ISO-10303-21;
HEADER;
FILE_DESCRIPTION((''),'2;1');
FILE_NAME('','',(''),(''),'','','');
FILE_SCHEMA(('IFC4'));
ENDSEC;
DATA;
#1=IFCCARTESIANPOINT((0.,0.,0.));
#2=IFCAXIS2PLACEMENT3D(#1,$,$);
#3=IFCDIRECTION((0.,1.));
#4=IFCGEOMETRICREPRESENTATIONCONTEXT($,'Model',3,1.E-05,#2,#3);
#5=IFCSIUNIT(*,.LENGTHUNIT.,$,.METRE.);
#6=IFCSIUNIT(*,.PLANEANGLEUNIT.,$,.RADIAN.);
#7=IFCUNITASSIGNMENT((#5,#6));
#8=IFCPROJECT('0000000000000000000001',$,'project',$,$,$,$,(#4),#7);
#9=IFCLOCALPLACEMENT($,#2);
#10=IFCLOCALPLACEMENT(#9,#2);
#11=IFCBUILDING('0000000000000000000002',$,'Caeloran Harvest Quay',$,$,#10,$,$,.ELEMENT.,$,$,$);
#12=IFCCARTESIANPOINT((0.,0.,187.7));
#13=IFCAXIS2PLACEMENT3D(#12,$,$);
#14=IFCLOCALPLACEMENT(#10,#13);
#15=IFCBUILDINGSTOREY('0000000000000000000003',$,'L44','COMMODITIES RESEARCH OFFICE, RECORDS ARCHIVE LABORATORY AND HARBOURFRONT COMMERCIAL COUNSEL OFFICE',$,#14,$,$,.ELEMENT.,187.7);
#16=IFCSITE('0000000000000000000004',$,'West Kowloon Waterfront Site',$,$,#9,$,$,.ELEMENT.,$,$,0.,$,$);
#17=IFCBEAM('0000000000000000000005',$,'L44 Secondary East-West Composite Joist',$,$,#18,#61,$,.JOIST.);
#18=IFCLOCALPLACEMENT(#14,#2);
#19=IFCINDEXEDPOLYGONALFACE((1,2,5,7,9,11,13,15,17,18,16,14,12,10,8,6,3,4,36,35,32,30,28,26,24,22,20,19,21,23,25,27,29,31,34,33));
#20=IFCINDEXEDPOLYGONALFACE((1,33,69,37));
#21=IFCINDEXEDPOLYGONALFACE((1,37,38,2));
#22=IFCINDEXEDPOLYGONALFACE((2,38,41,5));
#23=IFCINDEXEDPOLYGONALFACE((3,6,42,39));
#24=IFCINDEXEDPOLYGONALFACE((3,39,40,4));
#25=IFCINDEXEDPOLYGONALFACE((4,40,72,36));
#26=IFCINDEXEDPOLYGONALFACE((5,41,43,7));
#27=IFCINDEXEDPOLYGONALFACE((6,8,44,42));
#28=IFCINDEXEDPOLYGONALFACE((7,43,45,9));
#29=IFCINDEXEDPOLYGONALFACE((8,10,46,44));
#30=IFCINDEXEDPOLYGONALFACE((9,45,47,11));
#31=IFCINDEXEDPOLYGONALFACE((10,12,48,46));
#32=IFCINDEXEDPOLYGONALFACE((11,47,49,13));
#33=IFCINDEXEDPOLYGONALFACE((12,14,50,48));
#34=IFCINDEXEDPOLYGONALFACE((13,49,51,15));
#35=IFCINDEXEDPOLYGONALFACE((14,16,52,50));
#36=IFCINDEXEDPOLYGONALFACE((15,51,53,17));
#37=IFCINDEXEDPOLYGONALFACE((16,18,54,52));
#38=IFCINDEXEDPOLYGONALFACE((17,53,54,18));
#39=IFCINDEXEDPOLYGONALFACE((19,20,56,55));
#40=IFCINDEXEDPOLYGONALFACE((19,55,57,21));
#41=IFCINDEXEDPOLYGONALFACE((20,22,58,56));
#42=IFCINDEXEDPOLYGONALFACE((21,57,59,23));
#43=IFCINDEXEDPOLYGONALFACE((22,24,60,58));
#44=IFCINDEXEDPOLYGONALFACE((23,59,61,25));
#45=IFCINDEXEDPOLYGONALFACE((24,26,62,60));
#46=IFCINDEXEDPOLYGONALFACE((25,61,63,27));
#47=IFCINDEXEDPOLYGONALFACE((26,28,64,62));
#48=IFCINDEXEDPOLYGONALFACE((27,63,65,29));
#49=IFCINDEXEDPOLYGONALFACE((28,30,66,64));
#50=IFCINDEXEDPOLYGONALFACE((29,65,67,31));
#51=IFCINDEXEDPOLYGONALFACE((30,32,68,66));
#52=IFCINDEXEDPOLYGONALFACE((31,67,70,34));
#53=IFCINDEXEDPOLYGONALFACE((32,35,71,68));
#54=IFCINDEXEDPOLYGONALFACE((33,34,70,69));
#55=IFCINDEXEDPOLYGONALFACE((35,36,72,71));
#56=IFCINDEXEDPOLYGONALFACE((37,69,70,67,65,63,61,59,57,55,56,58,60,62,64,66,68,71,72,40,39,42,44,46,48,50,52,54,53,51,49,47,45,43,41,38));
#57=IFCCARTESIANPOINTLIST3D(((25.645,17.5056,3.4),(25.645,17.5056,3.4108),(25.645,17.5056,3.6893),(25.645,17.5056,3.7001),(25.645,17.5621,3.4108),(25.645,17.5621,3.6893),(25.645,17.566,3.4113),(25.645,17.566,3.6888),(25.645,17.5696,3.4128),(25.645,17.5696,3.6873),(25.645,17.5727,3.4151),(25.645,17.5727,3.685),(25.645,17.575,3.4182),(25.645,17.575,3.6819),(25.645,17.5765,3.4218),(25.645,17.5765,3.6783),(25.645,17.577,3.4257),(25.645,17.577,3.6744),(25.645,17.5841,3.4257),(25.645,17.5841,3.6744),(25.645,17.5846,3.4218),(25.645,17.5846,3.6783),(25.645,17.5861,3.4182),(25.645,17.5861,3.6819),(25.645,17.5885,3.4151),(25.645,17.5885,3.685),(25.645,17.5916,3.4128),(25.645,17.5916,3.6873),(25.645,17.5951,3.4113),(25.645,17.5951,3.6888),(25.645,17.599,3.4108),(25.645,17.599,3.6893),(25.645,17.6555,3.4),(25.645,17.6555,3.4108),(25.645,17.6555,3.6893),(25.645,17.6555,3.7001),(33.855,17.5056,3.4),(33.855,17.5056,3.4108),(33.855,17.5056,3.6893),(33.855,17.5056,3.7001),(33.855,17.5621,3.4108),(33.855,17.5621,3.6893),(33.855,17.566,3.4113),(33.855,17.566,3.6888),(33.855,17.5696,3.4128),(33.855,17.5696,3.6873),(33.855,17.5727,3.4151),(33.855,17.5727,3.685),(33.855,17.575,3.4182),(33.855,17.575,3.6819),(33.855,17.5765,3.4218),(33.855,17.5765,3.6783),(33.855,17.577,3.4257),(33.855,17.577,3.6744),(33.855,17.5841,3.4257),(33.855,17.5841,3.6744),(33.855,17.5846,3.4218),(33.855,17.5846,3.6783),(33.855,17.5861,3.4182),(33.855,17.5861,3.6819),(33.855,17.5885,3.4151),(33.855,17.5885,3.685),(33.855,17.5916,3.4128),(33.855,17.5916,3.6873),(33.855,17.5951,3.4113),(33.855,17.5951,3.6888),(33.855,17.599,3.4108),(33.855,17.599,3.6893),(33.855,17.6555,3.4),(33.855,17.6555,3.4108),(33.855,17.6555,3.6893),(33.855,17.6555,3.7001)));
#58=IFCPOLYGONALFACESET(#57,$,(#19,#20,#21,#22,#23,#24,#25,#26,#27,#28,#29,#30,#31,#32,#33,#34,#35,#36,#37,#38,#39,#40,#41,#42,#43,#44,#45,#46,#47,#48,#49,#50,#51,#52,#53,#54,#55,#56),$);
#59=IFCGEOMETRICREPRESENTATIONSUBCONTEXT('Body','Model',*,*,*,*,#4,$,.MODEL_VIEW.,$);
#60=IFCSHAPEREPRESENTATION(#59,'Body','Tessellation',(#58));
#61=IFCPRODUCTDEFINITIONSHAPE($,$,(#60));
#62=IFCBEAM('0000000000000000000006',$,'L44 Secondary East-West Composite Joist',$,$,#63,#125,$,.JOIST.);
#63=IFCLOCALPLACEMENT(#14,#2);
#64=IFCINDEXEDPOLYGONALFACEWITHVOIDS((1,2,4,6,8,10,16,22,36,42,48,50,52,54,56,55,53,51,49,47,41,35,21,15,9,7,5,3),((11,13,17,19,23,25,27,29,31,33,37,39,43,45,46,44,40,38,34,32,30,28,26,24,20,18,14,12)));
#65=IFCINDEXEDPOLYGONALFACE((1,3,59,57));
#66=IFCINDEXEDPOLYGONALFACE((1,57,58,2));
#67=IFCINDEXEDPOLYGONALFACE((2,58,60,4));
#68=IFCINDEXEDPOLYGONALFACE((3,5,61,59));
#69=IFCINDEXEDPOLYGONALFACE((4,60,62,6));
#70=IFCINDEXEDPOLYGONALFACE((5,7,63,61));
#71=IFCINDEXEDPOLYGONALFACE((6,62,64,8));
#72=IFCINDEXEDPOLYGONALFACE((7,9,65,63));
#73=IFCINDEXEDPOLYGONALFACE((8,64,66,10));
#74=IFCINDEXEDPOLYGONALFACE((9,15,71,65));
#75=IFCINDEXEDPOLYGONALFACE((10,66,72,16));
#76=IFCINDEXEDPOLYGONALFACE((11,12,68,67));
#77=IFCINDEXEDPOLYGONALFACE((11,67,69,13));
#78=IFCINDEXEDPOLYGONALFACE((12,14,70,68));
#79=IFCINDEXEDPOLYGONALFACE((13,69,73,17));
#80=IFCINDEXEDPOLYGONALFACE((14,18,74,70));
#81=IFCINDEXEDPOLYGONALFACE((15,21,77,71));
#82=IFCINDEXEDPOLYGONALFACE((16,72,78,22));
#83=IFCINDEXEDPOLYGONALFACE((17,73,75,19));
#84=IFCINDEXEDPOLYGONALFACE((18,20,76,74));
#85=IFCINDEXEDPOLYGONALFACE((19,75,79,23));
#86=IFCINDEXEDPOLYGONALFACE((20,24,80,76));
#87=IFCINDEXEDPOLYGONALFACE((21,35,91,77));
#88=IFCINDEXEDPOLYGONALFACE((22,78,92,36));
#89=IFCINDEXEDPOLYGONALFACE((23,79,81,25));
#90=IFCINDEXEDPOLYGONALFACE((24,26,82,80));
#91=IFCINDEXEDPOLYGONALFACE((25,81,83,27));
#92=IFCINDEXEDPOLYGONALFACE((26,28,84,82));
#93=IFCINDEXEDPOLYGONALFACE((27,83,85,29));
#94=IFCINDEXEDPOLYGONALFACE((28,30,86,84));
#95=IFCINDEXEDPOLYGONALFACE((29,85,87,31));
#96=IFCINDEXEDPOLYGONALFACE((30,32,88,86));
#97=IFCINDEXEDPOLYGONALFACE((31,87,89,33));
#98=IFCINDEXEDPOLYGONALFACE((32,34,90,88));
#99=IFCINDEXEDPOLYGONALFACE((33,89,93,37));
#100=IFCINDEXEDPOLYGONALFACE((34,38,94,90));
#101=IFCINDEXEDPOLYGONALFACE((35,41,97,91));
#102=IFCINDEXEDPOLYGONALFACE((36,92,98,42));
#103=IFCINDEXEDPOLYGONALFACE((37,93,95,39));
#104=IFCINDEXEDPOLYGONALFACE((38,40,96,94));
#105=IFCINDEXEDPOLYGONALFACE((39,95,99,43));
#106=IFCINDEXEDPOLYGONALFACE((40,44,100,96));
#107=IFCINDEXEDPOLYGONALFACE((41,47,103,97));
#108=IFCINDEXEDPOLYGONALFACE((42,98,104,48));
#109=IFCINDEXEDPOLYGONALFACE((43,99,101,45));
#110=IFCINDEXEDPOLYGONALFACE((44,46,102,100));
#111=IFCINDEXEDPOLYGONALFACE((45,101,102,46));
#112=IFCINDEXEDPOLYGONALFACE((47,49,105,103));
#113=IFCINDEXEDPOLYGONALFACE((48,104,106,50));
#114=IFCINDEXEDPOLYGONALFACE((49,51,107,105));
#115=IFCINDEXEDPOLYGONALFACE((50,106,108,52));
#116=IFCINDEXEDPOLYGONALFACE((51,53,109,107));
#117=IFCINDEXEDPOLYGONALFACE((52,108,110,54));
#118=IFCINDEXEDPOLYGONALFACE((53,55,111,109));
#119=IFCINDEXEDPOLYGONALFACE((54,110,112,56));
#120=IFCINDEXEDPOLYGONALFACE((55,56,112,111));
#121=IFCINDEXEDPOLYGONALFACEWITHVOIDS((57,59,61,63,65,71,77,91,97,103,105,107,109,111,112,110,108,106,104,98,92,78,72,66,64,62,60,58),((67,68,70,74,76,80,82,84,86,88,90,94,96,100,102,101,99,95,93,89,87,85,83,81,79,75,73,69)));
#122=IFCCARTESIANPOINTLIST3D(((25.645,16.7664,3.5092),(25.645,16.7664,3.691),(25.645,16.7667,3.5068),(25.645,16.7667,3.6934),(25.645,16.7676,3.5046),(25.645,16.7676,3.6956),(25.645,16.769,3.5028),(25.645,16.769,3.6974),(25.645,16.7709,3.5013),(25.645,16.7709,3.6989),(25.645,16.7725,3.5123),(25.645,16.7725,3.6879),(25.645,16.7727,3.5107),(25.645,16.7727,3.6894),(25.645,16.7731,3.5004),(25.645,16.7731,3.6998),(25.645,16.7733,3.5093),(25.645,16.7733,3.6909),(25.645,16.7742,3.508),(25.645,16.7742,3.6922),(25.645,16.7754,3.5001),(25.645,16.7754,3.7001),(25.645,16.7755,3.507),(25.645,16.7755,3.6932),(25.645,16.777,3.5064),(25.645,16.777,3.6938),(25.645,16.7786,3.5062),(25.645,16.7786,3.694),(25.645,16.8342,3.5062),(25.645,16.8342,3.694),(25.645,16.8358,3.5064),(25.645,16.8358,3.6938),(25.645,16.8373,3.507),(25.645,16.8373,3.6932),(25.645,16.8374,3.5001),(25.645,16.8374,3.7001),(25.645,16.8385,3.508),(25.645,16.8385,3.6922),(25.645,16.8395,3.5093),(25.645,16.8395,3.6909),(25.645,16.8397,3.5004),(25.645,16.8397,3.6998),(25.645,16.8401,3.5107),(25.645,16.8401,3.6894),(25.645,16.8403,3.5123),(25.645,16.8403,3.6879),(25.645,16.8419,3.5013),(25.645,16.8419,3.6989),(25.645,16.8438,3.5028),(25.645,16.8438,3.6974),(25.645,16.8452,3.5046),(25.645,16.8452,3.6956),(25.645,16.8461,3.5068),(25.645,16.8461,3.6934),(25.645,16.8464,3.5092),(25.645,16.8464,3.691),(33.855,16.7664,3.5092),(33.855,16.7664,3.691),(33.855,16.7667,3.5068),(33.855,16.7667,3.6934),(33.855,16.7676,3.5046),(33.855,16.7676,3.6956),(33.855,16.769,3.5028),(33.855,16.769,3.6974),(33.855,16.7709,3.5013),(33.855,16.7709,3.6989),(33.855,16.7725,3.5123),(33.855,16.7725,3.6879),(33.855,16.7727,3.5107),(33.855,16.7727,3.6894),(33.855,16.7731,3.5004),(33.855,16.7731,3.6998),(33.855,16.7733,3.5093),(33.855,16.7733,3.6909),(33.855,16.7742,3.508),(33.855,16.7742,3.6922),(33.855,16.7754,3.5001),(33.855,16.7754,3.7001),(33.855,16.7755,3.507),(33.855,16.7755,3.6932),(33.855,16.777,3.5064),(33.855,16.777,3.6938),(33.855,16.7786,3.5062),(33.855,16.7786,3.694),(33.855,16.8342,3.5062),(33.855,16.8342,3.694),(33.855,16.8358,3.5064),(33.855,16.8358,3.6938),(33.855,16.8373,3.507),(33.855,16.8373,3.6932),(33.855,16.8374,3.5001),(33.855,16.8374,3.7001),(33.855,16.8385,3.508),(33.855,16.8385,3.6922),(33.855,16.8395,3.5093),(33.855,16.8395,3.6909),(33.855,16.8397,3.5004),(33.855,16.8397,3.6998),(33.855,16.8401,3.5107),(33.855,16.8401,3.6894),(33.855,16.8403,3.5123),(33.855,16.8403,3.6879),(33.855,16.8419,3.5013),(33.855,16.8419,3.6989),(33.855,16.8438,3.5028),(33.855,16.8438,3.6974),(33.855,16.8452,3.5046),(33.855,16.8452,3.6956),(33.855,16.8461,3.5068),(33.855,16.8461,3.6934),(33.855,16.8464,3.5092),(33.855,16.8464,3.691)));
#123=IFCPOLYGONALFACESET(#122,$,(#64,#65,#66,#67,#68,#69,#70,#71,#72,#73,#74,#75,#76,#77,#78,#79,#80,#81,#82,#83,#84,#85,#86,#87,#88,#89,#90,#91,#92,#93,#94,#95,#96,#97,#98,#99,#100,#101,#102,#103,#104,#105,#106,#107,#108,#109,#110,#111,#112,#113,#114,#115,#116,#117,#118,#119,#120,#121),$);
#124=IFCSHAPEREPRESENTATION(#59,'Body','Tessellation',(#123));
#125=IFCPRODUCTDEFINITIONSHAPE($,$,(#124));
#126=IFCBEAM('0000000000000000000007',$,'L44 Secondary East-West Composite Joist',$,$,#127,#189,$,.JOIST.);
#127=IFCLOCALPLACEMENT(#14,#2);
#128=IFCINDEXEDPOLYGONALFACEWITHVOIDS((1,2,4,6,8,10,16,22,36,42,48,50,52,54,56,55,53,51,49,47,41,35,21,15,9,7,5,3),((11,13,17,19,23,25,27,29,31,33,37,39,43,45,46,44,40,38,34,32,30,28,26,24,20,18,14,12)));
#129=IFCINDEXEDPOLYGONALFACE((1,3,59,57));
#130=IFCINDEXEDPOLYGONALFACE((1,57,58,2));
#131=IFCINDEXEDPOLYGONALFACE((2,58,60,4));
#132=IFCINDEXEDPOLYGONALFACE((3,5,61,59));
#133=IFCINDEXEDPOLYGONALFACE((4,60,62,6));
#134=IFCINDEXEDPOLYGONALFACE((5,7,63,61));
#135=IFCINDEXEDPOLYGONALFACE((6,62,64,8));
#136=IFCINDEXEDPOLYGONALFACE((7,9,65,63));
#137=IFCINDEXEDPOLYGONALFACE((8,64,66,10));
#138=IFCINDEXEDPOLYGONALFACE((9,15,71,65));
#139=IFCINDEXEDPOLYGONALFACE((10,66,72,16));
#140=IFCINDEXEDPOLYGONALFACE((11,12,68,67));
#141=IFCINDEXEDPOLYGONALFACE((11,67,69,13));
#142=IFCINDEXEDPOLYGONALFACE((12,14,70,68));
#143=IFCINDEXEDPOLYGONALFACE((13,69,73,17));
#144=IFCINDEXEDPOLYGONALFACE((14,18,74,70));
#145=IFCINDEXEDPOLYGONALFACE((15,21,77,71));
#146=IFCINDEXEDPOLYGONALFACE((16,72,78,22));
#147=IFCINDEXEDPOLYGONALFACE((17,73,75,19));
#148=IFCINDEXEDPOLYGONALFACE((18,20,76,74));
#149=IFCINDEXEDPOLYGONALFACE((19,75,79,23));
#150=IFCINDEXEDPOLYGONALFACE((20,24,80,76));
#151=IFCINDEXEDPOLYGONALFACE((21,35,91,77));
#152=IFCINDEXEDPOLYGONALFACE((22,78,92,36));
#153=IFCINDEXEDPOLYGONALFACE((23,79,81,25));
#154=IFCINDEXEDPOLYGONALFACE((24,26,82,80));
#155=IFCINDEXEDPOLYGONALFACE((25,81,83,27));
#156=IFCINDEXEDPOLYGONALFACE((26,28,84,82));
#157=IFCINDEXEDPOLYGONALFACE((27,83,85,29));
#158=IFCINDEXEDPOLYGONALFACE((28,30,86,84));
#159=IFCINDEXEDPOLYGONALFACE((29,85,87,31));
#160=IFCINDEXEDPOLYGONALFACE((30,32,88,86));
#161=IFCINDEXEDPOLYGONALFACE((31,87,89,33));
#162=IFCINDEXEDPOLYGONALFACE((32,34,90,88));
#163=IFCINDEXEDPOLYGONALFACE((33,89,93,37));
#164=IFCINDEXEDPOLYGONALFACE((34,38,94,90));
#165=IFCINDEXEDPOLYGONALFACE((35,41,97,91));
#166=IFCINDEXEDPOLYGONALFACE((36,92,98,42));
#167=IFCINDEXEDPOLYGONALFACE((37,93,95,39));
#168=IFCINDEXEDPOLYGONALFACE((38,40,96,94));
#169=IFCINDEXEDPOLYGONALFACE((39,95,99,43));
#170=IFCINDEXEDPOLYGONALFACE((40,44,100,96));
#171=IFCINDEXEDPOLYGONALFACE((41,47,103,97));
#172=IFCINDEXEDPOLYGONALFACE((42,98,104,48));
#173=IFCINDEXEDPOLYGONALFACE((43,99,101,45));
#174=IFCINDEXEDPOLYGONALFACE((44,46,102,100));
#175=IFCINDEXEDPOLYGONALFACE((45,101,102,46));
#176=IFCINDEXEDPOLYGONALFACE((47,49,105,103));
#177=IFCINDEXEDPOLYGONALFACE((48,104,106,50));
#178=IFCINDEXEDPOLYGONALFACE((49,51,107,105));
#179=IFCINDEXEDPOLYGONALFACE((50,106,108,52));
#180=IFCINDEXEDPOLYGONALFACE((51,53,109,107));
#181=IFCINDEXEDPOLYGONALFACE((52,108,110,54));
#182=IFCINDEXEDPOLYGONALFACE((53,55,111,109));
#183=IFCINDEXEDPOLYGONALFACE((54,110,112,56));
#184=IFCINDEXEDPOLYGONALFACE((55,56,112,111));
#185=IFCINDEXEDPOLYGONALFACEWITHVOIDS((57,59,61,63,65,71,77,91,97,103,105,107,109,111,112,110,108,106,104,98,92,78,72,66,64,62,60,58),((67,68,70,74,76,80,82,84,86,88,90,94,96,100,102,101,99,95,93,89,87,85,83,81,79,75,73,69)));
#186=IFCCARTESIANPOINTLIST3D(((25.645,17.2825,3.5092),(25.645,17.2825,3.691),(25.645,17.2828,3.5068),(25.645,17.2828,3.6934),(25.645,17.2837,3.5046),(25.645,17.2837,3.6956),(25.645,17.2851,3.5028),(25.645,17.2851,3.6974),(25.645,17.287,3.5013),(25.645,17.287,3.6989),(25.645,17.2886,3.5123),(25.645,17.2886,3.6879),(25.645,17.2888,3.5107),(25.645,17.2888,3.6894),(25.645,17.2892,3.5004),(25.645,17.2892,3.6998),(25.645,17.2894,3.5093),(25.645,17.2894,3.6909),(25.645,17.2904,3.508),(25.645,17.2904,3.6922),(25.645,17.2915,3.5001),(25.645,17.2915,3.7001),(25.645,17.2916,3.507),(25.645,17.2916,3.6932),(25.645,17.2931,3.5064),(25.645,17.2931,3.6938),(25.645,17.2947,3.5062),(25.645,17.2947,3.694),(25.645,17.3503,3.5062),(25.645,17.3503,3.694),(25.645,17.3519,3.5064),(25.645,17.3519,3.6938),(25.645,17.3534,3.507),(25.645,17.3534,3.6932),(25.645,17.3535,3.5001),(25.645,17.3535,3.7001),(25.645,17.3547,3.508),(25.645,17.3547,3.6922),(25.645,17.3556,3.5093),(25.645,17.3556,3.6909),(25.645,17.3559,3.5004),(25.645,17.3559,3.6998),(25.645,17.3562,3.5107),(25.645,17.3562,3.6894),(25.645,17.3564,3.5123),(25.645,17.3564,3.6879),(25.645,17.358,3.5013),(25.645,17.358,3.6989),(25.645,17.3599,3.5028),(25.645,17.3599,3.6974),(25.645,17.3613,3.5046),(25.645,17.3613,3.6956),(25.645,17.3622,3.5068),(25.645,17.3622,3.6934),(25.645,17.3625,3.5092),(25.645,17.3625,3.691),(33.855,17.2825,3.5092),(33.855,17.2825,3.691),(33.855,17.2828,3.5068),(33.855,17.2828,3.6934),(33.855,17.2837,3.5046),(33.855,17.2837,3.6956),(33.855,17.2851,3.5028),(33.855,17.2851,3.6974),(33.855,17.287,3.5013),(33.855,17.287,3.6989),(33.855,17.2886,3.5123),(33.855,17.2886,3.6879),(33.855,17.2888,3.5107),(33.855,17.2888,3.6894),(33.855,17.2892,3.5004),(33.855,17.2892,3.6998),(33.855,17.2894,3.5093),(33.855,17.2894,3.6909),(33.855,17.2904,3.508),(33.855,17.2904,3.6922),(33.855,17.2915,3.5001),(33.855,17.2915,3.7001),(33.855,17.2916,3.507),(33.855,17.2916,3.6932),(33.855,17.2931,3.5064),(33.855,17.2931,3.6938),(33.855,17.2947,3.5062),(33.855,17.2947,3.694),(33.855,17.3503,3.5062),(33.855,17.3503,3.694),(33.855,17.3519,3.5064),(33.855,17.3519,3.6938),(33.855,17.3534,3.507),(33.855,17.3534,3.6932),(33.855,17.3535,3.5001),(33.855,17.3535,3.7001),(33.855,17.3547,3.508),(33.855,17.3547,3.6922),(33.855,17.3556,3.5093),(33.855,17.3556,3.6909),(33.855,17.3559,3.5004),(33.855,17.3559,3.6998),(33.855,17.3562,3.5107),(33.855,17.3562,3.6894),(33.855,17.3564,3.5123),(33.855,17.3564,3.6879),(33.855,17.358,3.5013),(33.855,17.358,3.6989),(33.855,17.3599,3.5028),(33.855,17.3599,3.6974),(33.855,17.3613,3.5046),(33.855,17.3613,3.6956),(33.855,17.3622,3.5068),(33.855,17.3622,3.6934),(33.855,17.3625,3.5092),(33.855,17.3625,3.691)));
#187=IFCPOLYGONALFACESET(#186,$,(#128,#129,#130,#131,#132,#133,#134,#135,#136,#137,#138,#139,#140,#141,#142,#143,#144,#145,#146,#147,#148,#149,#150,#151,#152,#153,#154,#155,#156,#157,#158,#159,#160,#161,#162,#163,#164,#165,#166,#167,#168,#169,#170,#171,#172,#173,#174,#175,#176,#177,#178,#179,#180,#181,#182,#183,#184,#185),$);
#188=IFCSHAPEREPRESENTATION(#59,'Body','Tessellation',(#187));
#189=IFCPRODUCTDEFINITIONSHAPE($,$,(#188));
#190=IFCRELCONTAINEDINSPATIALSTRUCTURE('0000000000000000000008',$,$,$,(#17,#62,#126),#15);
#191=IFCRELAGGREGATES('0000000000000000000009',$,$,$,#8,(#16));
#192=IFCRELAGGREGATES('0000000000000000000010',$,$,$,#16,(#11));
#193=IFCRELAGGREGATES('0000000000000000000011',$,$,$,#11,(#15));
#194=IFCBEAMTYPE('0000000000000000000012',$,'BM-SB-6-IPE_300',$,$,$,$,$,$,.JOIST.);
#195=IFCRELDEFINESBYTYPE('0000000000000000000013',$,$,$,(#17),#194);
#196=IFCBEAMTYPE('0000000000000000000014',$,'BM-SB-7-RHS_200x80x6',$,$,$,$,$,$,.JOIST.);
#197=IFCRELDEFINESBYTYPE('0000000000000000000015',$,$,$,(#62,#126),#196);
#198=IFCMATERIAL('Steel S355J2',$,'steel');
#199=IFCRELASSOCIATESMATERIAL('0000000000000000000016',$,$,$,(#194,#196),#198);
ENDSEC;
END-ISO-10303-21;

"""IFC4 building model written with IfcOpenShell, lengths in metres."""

from ifc_helpers import new_model, si_unit, direction, frame, origin, origin_2d, place, context, subcontext, project, spatial, hollow_rectangle, i_section, extrude, material, material_profile, profile_set, type_object, element, save


model = new_model("IFC4")

# Units and contexts
model_context = context("Model", 3, precision=1e-05, world=origin(), true_north=direction((0.0, 1.0)))
body_context = subcontext(model_context, "Body", "Model", "MODEL_VIEW")
ifc_project = project(units=[si_unit("LENGTHUNIT", "METRE"), si_unit("PLANEANGLEUNIT", "RADIAN")], contexts=[model_context])

# Site, building, storey
site_placement = place(None, origin())
site = spatial("IfcSite", under=ifc_project, at=site_placement, Name="West Kowloon Waterfront Site", CompositionType="ELEMENT", RefElevation=0.0)
building_placement = place(site_placement, origin())
building = spatial("IfcBuilding", under=site, at=building_placement, Name="Caeloran Harvest Quay", CompositionType="ELEMENT")
storey_placement = place(building_placement, frame((0.0, 0.0, 187.7)))
storey = spatial("IfcBuildingStorey", under=building, at=storey_placement, Name="L44", Description="COMMODITIES RESEARCH OFFICE, RECORDS ARCHIVE LABORATORY AND HARBOURFRONT COMMERCIAL COUNSEL OFFICE", CompositionType="ELEMENT", Elevation=187.7)

# Beams
ifc_material_1 = material(Name="Steel S355J2", Category="steel")
ifc_material_profile_1 = material_profile(ifc_material_1, i_section(OverallWidth=0.1499, OverallDepth=0.3, WebThickness=0.0071, FlangeThickness=0.0107, FilletRadius=0.0149, at=origin_2d()), Name="IPE 300")
ifc_profile_set_1 = profile_set([ifc_material_profile_1], Name="Steel S355J2")
beam_type_1 = type_object("IfcBeamType", Name="BM-SB-6-IPE_300", PredefinedType="JOIST", material=ifc_profile_set_1)
for number, where, z_axis, x_axis, name in (
    (1, (25.645, 17.5806, 3.55), (1.0, 0.0, 0.0), (0.0, 1.0, 0.0), "L44 Secondary East-West Composite Joist"),
):
    element("IfcBeam", number, at=place(storey_placement, frame(where, z_axis=z_axis, x_axis=x_axis)), inside=storey, type_object=beam_type_1, Name=name, PredefinedType="JOIST", context=body_context, shape_type="SweptSolid", body=[
        extrude(i_section(OverallWidth=0.1499, OverallDepth=0.3, WebThickness=0.0071, FlangeThickness=0.0107, FilletRadius=0.0149, at=origin_2d()), origin(), (0.0, 0.0, 1.0), 8.21),
    ])
ifc_material_profile_2 = material_profile(ifc_material_1, hollow_rectangle(XDim=0.0801, YDim=0.2, WallThickness=0.0061, InnerFilletRadius=0.0061, OuterFilletRadius=0.009, at=origin_2d()), Name="RHS 200x80x6")
ifc_profile_set_2 = profile_set([ifc_material_profile_2], Name="Steel S355J2")
beam_type_2 = type_object("IfcBeamType", Name="BM-SB-7-RHS_200x80x6", PredefinedType="JOIST", material=ifc_profile_set_2)
for number, where, z_axis, x_axis, name in (
    (2, (25.645, 16.8064, 3.6001), (1.0, 0.0, 0.0), (0.0, 1.0, 0.0), "L44 Secondary East-West Composite Joist"),
    (3, (25.645, 17.3225, 3.6001), (1.0, 0.0, 0.0), (0.0, 1.0, 0.0), "L44 Secondary East-West Composite Joist"),
):
    element("IfcBeam", number, at=place(storey_placement, frame(where, z_axis=z_axis, x_axis=x_axis)), inside=storey, type_object=beam_type_2, Name=name, PredefinedType="JOIST", context=body_context, shape_type="SweptSolid", body=[
        extrude(hollow_rectangle(XDim=0.0801, YDim=0.2, WallThickness=0.0061, InnerFilletRadius=0.0061, OuterFilletRadius=0.009, at=origin_2d()), origin(), (0.0, 0.0, 1.0), 8.21),
    ])

save(model, "model.ifc")
